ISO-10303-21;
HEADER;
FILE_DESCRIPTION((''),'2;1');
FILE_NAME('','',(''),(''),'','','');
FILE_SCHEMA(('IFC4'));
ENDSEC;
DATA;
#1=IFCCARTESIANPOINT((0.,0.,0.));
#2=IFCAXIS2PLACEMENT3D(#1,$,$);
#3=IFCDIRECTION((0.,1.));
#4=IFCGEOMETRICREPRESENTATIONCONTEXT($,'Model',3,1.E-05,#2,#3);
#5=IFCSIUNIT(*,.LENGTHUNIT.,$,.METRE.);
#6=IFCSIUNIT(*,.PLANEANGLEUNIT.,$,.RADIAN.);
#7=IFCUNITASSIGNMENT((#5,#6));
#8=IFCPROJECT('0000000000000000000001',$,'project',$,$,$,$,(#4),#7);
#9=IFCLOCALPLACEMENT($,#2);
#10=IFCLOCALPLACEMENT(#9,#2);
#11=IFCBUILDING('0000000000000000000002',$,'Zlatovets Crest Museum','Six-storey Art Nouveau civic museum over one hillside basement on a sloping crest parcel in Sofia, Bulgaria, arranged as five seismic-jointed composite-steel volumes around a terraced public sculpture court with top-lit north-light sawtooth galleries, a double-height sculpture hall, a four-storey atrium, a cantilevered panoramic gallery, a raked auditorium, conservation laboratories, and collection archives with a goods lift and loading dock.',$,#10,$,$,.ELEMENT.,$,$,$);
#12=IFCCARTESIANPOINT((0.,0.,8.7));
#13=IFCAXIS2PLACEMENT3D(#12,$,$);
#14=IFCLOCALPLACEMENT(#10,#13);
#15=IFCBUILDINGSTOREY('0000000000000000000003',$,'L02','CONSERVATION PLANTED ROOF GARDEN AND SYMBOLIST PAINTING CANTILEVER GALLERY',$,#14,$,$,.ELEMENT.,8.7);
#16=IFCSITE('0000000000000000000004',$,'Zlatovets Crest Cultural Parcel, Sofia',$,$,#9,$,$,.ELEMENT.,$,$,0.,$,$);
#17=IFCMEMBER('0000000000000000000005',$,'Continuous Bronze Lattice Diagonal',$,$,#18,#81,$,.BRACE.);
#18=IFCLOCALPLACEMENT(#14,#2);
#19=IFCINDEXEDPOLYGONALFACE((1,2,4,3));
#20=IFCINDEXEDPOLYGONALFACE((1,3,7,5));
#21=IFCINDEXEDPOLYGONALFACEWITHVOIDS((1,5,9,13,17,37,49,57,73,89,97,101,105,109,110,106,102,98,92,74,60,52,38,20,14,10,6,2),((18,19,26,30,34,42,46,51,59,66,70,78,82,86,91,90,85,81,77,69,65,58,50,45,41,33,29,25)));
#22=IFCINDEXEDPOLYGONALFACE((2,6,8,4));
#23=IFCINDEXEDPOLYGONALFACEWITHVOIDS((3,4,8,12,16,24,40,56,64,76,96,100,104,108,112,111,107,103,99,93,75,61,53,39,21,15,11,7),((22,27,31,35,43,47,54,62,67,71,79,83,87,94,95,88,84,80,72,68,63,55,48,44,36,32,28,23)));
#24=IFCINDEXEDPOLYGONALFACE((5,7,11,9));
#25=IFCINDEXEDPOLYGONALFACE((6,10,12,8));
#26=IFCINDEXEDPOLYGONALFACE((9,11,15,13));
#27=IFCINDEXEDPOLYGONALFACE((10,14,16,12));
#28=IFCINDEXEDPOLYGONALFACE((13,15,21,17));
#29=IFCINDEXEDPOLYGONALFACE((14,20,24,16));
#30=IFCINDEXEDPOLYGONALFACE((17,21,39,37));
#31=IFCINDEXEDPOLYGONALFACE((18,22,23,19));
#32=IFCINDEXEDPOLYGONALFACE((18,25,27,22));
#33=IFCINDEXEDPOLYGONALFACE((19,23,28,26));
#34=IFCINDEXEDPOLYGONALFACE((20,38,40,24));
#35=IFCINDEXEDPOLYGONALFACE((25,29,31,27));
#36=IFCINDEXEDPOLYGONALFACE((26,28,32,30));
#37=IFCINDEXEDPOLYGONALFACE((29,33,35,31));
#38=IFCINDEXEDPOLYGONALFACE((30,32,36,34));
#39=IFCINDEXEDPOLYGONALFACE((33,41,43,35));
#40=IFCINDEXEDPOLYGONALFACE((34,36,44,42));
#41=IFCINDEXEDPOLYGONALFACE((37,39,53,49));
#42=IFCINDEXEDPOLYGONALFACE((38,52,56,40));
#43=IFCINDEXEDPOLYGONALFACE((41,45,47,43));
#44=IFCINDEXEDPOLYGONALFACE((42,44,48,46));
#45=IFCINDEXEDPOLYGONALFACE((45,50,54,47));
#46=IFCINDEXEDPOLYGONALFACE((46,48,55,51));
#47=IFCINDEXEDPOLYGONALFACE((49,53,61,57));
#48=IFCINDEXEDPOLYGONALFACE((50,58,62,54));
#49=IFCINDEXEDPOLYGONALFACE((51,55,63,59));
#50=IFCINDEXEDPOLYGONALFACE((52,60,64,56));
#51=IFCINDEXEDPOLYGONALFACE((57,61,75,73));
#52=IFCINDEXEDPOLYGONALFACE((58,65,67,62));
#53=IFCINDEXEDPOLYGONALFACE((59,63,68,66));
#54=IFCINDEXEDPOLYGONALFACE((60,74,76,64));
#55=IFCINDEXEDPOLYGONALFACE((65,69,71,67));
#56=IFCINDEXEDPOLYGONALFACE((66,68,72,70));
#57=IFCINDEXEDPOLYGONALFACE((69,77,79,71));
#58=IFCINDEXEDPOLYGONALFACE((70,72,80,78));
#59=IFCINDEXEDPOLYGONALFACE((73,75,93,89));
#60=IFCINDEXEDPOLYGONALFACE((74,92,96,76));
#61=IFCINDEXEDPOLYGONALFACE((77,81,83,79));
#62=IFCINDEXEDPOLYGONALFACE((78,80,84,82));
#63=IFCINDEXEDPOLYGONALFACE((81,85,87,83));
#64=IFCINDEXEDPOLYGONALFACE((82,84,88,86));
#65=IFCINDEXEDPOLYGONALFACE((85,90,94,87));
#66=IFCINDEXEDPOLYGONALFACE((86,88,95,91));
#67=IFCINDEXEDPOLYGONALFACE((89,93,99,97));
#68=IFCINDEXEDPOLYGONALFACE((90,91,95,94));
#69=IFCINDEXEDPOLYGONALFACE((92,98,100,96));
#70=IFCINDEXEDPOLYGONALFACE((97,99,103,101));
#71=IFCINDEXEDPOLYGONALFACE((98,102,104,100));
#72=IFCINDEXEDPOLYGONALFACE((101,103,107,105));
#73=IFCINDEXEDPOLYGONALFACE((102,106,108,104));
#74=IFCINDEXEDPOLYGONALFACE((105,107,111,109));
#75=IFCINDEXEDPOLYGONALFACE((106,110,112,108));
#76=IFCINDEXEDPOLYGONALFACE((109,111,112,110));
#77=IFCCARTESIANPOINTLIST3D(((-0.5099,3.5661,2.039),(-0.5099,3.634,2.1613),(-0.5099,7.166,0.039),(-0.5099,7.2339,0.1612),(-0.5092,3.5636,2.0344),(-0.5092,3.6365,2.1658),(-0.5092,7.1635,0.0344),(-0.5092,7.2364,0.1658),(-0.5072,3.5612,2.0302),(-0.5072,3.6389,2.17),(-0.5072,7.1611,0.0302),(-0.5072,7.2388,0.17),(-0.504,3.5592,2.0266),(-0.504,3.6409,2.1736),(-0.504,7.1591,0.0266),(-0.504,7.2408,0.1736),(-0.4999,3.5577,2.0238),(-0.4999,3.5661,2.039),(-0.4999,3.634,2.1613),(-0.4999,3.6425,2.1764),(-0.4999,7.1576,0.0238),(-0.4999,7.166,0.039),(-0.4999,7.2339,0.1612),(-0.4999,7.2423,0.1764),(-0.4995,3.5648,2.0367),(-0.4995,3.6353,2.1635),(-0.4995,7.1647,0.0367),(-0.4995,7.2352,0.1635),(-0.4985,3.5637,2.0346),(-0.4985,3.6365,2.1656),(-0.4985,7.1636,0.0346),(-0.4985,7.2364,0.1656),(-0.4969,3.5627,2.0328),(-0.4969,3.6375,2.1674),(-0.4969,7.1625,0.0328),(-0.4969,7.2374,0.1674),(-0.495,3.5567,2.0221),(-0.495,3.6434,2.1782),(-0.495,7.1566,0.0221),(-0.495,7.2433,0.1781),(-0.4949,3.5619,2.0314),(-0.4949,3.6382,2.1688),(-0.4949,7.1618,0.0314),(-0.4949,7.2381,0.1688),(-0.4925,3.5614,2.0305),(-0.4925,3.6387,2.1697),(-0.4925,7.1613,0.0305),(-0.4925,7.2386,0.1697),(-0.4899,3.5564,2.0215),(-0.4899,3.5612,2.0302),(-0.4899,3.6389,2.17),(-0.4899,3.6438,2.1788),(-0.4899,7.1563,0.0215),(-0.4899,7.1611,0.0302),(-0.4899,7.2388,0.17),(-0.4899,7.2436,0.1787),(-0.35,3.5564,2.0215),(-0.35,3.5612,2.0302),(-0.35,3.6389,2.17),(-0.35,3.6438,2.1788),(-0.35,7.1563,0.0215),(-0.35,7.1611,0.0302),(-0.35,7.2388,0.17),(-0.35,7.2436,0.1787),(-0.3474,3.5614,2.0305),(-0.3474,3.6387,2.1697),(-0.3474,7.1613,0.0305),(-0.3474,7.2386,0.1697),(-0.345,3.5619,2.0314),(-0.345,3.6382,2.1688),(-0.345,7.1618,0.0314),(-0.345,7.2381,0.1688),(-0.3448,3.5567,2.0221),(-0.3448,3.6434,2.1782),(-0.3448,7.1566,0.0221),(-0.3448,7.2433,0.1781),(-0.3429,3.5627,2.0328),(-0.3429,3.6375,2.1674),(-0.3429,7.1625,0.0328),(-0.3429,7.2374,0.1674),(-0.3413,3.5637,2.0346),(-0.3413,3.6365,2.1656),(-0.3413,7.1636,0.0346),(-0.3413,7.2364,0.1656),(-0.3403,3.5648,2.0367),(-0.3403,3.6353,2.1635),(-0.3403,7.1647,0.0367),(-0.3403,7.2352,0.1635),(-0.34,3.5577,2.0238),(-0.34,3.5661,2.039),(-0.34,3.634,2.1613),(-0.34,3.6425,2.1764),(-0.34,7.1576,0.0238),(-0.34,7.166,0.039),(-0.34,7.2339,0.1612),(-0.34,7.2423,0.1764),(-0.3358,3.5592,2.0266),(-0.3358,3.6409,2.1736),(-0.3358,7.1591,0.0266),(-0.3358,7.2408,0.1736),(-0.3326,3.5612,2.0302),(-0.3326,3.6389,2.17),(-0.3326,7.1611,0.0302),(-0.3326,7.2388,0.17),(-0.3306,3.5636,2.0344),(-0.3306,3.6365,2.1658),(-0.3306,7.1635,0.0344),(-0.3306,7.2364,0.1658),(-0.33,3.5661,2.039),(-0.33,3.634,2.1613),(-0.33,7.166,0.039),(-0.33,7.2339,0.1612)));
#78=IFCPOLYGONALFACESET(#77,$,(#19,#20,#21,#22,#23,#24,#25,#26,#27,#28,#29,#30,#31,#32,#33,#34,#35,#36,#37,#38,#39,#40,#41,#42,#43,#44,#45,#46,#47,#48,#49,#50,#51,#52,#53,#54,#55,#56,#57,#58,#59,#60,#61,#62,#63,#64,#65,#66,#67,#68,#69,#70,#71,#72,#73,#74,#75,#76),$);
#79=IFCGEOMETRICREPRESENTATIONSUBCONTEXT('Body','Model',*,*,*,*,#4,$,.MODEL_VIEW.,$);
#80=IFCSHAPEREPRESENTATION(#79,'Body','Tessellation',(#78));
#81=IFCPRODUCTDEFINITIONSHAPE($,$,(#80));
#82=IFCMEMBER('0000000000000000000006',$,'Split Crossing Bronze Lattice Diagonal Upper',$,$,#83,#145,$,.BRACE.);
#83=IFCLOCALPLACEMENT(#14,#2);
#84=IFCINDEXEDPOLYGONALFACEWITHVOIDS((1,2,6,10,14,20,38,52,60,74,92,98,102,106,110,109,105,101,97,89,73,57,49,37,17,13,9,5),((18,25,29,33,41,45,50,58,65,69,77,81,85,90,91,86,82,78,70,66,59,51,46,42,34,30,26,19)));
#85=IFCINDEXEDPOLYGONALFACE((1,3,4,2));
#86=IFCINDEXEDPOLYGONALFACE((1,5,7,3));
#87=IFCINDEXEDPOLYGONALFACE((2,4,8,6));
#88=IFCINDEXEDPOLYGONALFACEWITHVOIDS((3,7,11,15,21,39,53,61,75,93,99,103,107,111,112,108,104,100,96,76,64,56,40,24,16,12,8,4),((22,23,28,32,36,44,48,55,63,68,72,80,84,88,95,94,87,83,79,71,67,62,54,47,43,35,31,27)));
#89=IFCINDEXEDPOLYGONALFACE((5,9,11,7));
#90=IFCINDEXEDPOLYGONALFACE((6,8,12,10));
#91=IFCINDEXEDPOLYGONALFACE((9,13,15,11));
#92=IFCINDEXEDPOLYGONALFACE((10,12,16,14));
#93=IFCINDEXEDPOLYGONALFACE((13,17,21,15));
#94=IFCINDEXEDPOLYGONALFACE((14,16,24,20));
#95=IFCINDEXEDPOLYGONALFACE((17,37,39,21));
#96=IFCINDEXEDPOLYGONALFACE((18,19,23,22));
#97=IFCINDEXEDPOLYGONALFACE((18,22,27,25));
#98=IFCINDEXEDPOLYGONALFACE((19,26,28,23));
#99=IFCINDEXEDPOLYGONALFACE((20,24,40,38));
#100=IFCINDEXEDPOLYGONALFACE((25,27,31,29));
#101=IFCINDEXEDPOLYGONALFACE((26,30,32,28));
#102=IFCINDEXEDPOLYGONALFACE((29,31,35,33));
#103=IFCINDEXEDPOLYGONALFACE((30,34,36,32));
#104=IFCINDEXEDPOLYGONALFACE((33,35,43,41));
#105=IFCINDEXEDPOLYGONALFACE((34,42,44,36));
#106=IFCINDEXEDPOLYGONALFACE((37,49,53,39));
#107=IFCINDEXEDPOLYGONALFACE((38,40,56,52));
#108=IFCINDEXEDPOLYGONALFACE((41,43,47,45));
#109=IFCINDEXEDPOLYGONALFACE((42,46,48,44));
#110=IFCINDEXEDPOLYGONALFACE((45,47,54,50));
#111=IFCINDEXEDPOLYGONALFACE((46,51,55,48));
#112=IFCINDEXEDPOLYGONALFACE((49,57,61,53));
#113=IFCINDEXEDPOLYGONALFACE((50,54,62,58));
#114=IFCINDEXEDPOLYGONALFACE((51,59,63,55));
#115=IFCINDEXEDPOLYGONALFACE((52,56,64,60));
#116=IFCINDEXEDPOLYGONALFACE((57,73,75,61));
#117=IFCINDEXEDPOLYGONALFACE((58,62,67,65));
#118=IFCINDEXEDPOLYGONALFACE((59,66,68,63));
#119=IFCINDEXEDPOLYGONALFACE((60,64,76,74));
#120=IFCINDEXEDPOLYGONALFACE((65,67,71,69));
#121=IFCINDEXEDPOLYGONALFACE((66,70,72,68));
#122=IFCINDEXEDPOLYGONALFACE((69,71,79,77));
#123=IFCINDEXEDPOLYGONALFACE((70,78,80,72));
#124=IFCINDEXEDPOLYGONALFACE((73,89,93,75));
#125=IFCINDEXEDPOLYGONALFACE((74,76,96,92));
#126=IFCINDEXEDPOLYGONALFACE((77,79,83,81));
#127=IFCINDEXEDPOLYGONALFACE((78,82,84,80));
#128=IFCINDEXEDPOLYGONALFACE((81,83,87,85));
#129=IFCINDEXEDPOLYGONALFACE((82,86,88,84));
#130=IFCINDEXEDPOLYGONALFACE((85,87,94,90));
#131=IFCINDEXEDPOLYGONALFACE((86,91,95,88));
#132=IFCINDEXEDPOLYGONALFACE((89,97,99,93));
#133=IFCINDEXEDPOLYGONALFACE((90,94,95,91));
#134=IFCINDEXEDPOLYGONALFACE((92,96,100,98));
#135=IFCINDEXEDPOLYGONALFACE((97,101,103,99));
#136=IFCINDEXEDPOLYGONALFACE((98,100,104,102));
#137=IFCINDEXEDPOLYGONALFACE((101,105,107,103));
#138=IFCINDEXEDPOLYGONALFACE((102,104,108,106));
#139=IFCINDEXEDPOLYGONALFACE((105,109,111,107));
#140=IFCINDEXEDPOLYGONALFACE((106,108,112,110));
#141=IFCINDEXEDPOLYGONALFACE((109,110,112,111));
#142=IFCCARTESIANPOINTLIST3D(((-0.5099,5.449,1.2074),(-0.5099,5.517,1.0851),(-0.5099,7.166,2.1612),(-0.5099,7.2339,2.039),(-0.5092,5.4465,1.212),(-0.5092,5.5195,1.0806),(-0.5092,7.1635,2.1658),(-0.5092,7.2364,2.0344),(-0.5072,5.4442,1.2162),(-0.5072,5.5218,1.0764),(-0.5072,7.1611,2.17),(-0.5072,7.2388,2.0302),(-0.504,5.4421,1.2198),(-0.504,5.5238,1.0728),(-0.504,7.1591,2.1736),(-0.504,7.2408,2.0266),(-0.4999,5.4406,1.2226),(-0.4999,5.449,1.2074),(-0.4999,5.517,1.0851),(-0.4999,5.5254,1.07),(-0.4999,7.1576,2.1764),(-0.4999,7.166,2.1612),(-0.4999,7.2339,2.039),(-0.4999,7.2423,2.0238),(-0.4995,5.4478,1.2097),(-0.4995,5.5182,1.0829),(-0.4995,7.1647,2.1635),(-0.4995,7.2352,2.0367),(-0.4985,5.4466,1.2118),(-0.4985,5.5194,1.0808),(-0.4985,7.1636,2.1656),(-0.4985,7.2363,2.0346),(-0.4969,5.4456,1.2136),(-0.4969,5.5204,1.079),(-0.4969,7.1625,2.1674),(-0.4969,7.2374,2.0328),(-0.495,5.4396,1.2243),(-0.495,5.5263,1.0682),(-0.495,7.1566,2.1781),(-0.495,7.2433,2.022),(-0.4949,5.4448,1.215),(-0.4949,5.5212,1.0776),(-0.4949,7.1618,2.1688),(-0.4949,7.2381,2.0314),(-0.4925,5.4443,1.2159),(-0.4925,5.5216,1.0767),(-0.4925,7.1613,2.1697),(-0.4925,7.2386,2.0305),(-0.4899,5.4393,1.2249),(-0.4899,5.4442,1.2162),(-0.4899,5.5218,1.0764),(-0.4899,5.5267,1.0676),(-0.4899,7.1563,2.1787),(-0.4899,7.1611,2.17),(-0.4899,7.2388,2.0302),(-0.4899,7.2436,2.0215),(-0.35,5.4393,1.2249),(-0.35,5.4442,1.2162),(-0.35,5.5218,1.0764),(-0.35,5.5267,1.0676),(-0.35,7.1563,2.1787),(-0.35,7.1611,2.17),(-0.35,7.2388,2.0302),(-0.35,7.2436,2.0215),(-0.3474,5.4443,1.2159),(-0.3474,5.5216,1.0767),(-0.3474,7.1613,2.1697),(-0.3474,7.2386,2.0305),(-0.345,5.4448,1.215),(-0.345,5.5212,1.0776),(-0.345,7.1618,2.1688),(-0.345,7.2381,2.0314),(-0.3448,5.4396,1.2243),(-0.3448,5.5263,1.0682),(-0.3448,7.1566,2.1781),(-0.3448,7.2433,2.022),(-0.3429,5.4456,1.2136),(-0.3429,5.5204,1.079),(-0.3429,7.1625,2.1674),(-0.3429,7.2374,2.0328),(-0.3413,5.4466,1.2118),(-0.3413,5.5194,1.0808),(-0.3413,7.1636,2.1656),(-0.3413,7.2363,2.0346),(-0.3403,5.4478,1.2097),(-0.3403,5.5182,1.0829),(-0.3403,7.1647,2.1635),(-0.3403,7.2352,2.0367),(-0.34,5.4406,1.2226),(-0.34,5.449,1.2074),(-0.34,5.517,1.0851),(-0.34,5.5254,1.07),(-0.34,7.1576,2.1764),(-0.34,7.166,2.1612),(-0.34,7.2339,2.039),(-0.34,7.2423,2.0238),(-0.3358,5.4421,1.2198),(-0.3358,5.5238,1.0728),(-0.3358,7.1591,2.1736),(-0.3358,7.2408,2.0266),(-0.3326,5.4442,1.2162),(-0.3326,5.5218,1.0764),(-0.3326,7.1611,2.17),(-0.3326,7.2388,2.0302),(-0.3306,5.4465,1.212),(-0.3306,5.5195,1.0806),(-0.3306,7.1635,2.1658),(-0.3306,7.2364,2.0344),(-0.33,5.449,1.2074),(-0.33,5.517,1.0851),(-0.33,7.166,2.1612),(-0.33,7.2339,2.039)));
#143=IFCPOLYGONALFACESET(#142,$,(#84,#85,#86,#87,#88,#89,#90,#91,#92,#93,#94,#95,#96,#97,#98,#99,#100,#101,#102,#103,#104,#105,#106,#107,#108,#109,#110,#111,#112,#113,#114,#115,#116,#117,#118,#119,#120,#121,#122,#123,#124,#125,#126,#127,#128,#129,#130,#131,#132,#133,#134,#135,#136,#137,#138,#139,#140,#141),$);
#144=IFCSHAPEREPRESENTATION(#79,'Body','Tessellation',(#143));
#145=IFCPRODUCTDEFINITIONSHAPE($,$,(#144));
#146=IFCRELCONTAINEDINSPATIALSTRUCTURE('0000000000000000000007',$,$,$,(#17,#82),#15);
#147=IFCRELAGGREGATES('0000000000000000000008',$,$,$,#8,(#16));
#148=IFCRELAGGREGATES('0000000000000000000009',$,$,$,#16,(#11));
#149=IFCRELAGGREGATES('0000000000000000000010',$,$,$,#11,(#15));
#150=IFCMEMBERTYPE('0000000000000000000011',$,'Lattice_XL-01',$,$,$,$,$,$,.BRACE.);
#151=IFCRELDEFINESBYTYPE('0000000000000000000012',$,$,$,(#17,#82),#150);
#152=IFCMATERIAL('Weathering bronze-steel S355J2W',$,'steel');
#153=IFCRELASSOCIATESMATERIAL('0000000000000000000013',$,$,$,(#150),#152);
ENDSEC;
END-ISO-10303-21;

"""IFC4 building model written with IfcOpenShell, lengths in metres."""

from ifc_helpers import new_model, si_unit, direction, frame, origin, origin_2d, place, context, subcontext, project, spatial, hollow_rectangle, extrude, material, material_profile, profile_set, type_object, element, save


model = new_model("IFC4")

# Units and contexts
model_context = context("Model", 3, precision=1e-05, world=origin(), true_north=direction((0.0, 1.0)))
body_context = subcontext(model_context, "Body", "Model", "MODEL_VIEW")
ifc_project = project(units=[si_unit("LENGTHUNIT", "METRE"), si_unit("PLANEANGLEUNIT", "RADIAN")], contexts=[model_context])

# Site, building, storey
site_placement = place(None, origin())
site = spatial("IfcSite", under=ifc_project, at=site_placement, Name="Zlatovets Crest Cultural Parcel, Sofia", CompositionType="ELEMENT", RefElevation=0.0)
building_placement = place(site_placement, origin())
building = spatial("IfcBuilding", under=site, at=building_placement, Name="Zlatovets Crest Museum", Description="Six-storey Art Nouveau civic museum over one hillside basement on a sloping crest parcel in Sofia, Bulgaria, arranged as five seismic-jointed composite-steel volumes around a terraced public sculpture court with top-lit north-light sawtooth galleries, a double-height sculpture hall, a four-storey atrium, a cantilevered panoramic gallery, a raked auditorium, conservation laboratories, and collection archives with a goods lift and loading dock.", CompositionType="ELEMENT")
storey_placement = place(building_placement, frame((0.0, 0.0, 8.7)))
storey = spatial("IfcBuildingStorey", under=building, at=storey_placement, Name="L02", Description="CONSERVATION PLANTED ROOF GARDEN AND SYMBOLIST PAINTING CANTILEVER GALLERY", CompositionType="ELEMENT", Elevation=8.7)

# Members
ifc_material_1 = material(Name="Weathering bronze-steel S355J2W", Category="steel")
ifc_material_profile_1 = material_profile(ifc_material_1, hollow_rectangle(XDim=0.1799, YDim=0.1799, WallThickness=0.01, InnerFilletRadius=0.01, OuterFilletRadius=0.02, at=origin_2d()), Name="SHS 180x180x10.0")
ifc_profile_set_1 = profile_set([ifc_material_profile_1], Name="Weathering bronze-steel S355J2W")
member_type_1 = type_object("IfcMemberType", Name="Lattice_XL-01", PredefinedType="BRACE", material=ifc_profile_set_1)
member_1_placement = place(storey_placement, frame((-0.4199, 7.2, 0.1001), z_axis=(0.0, -0.874149, 0.485658), x_axis=(1.0, 0.0, 0.0)))
element("IfcMember", 1, at=member_1_placement, inside=storey, type_object=member_type_1, Name="Continuous Bronze Lattice Diagonal", PredefinedType="BRACE", context=body_context, shape_type="SweptSolid", body=[
    extrude(hollow_rectangle(XDim=0.1799, YDim=0.1799, WallThickness=0.01, InnerFilletRadius=0.01, OuterFilletRadius=0.02, at=origin_2d()), origin(), (0.0, 0.0, 1.0), 4.1182),
])
member_2_placement = place(storey_placement, frame((-0.4199, 7.2, 2.1001), z_axis=(0.0, -0.874169, -0.485622), x_axis=(1.0, 0.0, 0.0)))
element("IfcMember", 2, at=member_2_placement, inside=storey, type_object=member_type_1, Name="Split Crossing Bronze Lattice Diagonal Upper", PredefinedType="BRACE", context=body_context, shape_type="SweptSolid", body=[
    extrude(hollow_rectangle(XDim=0.1799, YDim=0.1799, WallThickness=0.01, InnerFilletRadius=0.01, OuterFilletRadius=0.02, at=origin_2d()), origin(), (0.0, 0.0, 1.0), 1.9641),
])

save(model, "model.ifc")
